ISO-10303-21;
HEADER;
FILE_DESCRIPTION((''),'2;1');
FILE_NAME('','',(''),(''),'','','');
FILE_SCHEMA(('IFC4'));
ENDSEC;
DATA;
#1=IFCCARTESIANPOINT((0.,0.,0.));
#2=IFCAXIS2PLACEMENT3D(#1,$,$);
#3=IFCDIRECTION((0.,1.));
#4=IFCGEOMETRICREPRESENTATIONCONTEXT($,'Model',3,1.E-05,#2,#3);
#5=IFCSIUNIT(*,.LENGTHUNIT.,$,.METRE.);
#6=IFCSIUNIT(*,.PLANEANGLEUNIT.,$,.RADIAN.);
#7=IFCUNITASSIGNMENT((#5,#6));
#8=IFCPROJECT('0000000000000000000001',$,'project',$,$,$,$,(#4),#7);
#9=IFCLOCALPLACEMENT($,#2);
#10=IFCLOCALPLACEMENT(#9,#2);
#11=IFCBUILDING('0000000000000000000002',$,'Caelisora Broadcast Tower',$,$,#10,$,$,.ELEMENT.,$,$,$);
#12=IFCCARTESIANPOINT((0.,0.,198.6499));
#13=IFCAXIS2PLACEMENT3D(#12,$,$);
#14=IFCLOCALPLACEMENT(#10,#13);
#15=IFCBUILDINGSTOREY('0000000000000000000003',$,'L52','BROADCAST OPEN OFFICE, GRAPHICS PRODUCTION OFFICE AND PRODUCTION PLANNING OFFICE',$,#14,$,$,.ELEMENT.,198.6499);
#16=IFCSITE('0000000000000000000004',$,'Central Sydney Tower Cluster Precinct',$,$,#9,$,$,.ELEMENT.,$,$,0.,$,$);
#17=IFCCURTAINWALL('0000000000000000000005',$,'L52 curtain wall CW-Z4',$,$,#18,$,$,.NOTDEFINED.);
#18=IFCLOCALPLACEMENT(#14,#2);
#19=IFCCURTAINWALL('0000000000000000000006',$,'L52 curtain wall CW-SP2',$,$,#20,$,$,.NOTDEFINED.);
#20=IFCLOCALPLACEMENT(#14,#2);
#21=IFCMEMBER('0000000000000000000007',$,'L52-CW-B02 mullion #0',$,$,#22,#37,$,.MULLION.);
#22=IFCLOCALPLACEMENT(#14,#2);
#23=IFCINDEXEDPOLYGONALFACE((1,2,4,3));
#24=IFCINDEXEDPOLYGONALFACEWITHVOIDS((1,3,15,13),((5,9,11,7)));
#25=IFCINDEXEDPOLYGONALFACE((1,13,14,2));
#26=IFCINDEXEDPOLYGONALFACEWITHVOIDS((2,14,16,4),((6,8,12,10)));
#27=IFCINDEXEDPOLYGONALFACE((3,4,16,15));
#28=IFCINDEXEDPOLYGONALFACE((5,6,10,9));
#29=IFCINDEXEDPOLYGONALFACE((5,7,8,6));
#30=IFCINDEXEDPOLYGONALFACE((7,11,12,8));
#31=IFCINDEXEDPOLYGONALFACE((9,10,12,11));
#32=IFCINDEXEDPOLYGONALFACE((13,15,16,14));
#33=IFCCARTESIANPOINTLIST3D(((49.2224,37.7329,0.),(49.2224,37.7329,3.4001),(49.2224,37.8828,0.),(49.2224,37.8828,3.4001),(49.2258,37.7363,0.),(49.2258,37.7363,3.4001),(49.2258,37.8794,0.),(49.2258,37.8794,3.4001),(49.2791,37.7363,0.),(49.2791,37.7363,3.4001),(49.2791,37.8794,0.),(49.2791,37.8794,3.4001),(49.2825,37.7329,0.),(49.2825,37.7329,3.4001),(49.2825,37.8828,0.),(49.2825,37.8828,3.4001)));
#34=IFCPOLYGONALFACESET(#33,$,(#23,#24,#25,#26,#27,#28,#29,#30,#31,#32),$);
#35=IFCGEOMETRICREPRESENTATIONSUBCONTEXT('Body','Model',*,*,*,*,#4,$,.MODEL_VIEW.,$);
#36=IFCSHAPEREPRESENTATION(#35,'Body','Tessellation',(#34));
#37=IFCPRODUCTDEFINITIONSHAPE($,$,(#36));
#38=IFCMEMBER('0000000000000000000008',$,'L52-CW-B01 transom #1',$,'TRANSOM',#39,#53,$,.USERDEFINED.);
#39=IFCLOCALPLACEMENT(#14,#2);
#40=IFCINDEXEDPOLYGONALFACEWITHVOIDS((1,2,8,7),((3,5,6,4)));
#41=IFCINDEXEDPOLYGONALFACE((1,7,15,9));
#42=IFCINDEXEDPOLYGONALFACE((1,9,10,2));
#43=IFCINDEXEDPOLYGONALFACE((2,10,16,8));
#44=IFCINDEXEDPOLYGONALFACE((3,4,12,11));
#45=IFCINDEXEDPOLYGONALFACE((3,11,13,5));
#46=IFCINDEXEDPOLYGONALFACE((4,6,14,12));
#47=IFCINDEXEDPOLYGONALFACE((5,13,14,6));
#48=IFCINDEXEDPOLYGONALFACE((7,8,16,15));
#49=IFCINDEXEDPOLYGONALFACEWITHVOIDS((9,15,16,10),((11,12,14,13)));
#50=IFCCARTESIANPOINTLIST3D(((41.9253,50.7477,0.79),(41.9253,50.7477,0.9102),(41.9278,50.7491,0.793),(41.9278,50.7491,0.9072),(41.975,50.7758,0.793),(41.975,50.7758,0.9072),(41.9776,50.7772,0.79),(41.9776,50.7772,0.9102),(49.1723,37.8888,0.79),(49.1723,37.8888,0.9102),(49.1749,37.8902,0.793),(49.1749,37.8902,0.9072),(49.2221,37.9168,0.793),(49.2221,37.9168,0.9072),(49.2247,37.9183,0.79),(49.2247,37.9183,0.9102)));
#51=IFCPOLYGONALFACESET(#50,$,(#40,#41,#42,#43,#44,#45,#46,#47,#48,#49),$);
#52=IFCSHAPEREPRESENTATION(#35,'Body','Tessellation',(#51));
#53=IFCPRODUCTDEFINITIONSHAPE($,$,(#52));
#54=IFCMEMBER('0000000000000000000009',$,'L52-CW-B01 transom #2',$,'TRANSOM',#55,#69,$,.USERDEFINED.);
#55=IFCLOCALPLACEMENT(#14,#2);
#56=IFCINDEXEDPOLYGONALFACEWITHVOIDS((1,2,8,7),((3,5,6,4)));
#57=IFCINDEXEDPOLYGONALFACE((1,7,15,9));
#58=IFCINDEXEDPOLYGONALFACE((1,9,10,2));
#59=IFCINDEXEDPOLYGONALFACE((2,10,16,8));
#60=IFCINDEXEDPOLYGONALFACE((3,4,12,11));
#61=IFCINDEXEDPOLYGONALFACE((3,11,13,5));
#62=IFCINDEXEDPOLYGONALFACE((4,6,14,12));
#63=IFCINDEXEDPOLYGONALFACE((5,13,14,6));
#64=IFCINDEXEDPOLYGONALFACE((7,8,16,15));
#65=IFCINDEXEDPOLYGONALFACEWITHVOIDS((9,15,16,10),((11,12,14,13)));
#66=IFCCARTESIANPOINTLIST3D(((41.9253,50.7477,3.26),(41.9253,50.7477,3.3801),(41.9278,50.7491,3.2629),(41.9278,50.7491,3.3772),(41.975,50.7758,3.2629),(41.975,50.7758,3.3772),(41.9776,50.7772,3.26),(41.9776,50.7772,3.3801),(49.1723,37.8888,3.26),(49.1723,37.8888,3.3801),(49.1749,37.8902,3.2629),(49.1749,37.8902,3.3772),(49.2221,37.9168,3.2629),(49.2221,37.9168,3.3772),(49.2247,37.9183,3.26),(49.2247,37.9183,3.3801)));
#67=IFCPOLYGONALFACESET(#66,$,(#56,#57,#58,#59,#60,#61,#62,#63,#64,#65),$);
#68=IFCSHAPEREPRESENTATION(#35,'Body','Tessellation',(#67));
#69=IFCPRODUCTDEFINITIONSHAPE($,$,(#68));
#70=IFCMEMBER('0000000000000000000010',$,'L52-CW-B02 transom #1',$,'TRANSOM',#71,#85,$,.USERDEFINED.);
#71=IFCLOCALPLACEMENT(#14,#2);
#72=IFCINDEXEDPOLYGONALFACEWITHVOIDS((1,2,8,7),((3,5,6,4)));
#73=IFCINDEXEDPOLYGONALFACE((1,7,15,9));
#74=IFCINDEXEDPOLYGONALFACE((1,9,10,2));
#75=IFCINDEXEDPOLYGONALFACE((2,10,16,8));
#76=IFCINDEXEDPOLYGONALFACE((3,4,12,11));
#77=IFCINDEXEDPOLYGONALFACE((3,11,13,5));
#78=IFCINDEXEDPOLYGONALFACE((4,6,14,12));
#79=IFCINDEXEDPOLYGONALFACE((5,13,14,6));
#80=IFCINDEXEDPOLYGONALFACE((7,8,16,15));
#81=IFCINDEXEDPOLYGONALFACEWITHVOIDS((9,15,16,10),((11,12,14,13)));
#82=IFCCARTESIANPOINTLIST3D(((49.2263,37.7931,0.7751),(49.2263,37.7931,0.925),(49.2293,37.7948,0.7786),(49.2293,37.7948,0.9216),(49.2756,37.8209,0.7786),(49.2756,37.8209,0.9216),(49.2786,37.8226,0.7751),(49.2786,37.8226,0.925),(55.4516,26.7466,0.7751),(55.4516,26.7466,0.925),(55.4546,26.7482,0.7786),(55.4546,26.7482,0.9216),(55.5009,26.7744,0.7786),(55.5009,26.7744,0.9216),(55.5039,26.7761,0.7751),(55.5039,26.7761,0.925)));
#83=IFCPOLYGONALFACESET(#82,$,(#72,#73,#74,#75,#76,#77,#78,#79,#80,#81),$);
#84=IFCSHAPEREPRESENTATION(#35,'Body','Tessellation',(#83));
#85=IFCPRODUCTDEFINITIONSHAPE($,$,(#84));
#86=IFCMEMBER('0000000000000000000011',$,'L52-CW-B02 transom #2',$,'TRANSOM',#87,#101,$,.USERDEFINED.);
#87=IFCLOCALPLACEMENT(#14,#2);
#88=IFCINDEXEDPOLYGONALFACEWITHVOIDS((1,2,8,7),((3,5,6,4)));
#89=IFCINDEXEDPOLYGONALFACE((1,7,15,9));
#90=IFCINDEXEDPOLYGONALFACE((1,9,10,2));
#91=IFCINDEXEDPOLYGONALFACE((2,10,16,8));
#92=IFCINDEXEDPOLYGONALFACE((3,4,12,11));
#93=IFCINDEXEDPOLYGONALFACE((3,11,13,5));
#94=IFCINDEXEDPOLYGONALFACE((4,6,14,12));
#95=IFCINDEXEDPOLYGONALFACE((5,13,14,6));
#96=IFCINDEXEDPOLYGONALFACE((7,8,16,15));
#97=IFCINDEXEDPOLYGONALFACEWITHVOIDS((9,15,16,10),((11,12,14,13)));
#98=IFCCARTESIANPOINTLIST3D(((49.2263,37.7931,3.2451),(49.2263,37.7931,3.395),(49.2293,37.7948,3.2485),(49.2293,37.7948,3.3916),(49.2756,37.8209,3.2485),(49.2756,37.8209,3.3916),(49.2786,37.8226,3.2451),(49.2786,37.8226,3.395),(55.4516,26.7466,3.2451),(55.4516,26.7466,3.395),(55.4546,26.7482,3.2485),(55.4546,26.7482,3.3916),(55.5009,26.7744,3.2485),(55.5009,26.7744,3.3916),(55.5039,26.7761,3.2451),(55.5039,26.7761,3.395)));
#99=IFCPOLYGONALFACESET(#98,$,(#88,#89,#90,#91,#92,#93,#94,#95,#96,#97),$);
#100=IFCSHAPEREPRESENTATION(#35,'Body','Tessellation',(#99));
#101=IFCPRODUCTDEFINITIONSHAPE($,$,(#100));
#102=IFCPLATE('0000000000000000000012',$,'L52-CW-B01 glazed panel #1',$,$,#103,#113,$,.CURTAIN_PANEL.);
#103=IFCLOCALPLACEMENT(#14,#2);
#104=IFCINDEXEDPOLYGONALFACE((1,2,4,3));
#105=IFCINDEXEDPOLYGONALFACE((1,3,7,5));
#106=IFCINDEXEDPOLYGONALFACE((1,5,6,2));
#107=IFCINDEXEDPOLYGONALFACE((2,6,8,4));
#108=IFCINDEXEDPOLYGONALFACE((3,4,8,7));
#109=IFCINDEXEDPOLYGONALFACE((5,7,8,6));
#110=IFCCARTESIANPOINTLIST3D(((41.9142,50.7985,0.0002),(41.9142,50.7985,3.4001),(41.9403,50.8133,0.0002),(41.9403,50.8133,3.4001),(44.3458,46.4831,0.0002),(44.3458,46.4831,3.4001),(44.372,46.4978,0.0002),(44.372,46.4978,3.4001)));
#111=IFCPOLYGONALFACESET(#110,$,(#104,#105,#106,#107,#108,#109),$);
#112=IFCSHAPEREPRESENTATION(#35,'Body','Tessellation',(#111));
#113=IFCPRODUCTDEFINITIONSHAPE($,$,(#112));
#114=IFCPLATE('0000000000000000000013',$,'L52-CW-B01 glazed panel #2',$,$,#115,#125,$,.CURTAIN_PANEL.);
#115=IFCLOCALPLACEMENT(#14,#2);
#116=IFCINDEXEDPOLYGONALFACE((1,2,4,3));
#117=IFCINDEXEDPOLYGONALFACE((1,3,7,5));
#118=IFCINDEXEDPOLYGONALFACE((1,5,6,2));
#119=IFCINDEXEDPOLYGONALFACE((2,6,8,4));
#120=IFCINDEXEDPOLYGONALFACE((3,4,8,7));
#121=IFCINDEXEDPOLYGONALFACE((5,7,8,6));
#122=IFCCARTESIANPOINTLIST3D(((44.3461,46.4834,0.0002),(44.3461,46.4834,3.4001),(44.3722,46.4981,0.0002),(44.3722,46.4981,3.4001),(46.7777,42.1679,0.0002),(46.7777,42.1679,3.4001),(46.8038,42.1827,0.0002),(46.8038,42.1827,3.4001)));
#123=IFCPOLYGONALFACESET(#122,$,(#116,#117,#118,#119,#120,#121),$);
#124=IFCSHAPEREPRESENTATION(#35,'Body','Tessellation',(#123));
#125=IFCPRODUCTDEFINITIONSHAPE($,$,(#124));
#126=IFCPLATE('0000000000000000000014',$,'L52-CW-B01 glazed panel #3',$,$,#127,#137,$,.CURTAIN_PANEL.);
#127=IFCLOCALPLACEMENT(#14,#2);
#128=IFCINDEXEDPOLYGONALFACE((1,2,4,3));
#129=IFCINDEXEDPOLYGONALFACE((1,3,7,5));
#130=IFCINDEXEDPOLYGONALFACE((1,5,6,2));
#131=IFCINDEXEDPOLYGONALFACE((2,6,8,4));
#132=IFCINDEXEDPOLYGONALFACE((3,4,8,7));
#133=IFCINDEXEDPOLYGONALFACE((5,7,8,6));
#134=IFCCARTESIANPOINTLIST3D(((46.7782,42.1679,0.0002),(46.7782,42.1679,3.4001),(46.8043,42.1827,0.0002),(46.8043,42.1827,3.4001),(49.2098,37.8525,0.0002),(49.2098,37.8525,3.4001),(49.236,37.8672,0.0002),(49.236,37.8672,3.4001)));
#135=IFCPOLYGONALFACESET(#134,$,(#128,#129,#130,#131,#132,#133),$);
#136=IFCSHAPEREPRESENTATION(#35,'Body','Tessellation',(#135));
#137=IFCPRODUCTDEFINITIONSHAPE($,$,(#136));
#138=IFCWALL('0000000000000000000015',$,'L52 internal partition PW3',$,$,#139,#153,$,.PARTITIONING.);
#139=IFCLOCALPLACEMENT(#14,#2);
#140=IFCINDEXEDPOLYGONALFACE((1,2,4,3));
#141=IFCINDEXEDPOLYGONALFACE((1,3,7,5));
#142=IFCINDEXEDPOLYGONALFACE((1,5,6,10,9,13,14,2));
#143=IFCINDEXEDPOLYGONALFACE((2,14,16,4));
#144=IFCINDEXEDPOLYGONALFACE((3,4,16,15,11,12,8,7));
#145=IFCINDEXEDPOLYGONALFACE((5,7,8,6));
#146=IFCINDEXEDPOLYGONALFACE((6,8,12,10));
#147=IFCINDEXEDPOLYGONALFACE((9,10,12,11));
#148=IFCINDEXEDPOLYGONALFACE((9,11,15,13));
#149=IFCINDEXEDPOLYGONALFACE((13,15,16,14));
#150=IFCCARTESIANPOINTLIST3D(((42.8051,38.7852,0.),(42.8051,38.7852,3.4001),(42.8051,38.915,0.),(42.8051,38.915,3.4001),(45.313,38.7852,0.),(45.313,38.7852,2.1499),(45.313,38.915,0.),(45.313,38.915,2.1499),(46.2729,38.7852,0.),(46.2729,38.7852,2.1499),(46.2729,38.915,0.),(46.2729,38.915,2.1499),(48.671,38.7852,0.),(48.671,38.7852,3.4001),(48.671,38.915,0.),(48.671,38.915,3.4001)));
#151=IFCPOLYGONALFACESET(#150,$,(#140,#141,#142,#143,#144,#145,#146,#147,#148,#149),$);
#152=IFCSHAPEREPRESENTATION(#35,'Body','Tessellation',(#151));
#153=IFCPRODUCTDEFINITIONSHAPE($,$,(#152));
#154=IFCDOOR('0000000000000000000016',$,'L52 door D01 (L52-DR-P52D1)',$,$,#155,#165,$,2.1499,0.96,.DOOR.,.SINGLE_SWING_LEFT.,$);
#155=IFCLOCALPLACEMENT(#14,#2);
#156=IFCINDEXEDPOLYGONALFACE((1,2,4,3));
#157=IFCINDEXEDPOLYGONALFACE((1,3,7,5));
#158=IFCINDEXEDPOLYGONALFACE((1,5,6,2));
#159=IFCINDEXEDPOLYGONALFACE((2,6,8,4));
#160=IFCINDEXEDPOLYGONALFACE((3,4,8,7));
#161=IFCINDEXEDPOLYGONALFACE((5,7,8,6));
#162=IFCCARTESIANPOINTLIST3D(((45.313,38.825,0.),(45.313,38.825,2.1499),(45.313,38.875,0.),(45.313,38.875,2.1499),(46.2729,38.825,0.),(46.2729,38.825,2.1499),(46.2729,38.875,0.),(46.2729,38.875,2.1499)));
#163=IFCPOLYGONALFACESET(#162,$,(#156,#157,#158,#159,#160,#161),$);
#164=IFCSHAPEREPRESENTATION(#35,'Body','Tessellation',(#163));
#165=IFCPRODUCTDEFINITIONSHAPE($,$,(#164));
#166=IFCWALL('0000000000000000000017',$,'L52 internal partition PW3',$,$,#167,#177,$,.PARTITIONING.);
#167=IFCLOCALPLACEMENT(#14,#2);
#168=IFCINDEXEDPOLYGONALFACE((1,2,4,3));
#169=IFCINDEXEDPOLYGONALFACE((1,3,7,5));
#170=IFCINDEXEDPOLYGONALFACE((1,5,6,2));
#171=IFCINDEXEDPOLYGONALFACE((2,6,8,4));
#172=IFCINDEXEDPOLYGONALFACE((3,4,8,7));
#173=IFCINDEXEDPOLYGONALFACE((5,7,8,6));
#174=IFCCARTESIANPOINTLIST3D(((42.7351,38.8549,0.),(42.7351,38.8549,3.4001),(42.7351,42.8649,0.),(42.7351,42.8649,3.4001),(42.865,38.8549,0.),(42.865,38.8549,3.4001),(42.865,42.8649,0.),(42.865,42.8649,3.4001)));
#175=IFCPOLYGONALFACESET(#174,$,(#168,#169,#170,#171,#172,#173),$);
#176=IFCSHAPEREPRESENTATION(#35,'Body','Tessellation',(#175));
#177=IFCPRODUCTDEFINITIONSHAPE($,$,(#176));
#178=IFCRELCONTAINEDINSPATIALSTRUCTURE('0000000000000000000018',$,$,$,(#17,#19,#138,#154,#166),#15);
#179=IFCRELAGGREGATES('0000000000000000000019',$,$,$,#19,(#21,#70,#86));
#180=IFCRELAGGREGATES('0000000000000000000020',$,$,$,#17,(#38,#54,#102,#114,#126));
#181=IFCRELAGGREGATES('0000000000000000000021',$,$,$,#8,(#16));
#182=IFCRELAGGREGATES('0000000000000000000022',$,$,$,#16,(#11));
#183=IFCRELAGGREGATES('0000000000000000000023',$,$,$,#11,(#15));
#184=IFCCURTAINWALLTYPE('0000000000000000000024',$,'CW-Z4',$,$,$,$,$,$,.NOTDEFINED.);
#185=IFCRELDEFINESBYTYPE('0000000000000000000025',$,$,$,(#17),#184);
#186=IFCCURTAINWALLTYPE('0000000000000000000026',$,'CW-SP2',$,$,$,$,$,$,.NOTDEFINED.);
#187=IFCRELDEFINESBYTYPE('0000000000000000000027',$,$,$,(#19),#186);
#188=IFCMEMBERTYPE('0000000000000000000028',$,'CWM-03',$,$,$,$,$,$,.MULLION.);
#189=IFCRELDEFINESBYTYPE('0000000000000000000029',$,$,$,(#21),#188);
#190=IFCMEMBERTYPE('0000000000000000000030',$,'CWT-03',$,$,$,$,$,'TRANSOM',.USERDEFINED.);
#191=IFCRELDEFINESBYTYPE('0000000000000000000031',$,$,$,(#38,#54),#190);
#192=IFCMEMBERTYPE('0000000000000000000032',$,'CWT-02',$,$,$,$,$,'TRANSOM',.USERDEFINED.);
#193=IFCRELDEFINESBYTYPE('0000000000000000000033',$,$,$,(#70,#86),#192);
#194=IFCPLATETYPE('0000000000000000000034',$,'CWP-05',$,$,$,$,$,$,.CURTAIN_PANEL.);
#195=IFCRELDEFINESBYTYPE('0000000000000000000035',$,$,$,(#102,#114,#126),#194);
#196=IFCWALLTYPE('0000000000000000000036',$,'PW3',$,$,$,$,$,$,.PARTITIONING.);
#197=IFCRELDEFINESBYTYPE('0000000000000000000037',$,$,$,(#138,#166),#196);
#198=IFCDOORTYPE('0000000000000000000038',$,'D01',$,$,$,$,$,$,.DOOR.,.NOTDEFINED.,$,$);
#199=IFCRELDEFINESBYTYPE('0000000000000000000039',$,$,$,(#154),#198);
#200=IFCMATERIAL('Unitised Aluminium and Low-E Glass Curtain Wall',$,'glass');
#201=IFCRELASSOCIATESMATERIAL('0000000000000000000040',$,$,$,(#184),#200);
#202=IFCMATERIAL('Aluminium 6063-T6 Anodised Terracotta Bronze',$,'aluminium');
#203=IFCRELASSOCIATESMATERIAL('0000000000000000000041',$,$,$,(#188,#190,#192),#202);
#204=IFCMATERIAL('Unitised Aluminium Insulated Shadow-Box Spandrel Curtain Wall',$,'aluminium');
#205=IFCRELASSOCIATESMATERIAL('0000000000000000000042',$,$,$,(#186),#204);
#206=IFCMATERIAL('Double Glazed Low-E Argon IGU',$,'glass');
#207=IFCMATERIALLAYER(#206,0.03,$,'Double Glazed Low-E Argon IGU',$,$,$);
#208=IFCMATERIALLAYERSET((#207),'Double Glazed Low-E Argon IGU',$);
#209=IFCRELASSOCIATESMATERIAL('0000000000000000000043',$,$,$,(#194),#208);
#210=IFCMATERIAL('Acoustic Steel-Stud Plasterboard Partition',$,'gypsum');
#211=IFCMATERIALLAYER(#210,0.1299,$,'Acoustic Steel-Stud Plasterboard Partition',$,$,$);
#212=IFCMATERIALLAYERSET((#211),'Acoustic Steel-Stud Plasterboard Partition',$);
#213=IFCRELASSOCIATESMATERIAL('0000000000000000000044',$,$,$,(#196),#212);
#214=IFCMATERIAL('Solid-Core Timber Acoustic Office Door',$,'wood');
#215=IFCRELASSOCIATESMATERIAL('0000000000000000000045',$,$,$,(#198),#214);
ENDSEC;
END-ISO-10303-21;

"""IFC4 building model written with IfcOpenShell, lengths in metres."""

from ifc_helpers import new_model, si_unit, direction, frame, frame_2d, origin, origin_2d, place, context, subcontext, project, spatial, rectangle, hollow_rectangle, extrude, source, transform, mapped, material, layer, layer_set, material_profile, profile_set, type_object, type_shapes, element, fill, aggregate, save


model = new_model("IFC4")

# Units and contexts
model_context = context("Model", 3, precision=1e-05, world=origin(), true_north=direction((0.0, 1.0)))
body_context = subcontext(model_context, "Body", "Model", "MODEL_VIEW")
ifc_project = project(units=[si_unit("LENGTHUNIT", "METRE"), si_unit("PLANEANGLEUNIT", "RADIAN")], contexts=[model_context])

# Site, building, storey
site_placement = place(None, origin())
site = spatial("IfcSite", under=ifc_project, at=site_placement, Name="Central Sydney Tower Cluster Precinct", CompositionType="ELEMENT", RefElevation=0.0)
building_placement = place(site_placement, origin())
building = spatial("IfcBuilding", under=site, at=building_placement, Name="Caelisora Broadcast Tower", CompositionType="ELEMENT")
storey_placement = place(building_placement, frame((0.0, 0.0, 198.6499)))
storey = spatial("IfcBuildingStorey", under=building, at=storey_placement, Name="L52", Description="BROADCAST OPEN OFFICE, GRAPHICS PRODUCTION OFFICE AND PRODUCTION PLANNING OFFICE", CompositionType="ELEMENT", Elevation=198.6499)

# Curtain wall
ifc_material_1 = material(Name="Unitised Aluminium and Low-E Glass Curtain Wall", Category="glass")
curtain_wall_type_1 = type_object("IfcCurtainWallType", Name="CW-Z4", PredefinedType="NOTDEFINED", material=ifc_material_1)
curtain_wall_1_placement = place(storey_placement, origin())
curtain_wall_1 = element("IfcCurtainWall", 1, at=curtain_wall_1_placement, inside=storey, type_object=curtain_wall_type_1, Name="L52 curtain wall CW-Z4", PredefinedType="NOTDEFINED")
ifc_material_2 = material(Name="Aluminium 6063-T6 Anodised Terracotta Bronze", Category="aluminium")
ifc_material_profile_1 = material_profile(ifc_material_2, hollow_rectangle(XDim=0.0601, YDim=0.1499, WallThickness=0.0034, at=origin_2d()), Name="Aluminium 6063-T6 Anodised Terracotta Bronze")
ifc_profile_set_1 = profile_set([ifc_material_profile_1], Name="Aluminium 6063-T6 Anodised Terracotta Bronze")
member_type_1 = type_object("IfcMemberType", Name="CWM-03", PredefinedType="MULLION", material=ifc_profile_set_1)
shared_shape_1 = source(origin(), body_context, "Body", "SweptSolid", [
    extrude(hollow_rectangle(XDim=0.0601, YDim=0.1499, WallThickness=0.0034, at=origin_2d()), origin(), (0.0, 0.0, 1.0), 3.4001),
])
type_shapes(member_type_1, [shared_shape_1])

# Curtain wall, member
ifc_material_3 = material(Name="Unitised Aluminium Insulated Shadow-Box Spandrel Curtain Wall", Category="aluminium")
curtain_wall_type_2 = type_object("IfcCurtainWallType", Name="CW-SP2", PredefinedType="NOTDEFINED", material=ifc_material_3)
curtain_wall_2_placement = place(storey_placement, origin())
curtain_wall_2 = element("IfcCurtainWall", 2, at=curtain_wall_2_placement, inside=storey, type_object=curtain_wall_type_2, Name="L52 curtain wall CW-SP2", PredefinedType="NOTDEFINED")
member_1_placement = place(storey_placement, frame((49.2524, 37.8079, 0.0), z_axis=(0.0, 0.0, 1.0), x_axis=(1.0, 0.0, 0.0)))
member_1 = element("IfcMember", 3, at=member_1_placement, type_object=member_type_1, Name="L52-CW-B02 mullion #0", PredefinedType="MULLION", context=body_context, shape_type="MappedRepresentation", body=[
    mapped(shared_shape_1, transform((0.0, 0.0, 0.0), scale=1.0)),
])

# Members
ifc_material_profile_2 = material_profile(ifc_material_2, hollow_rectangle(XDim=0.0601, YDim=0.1201, WallThickness=0.0029, at=origin_2d()), Name="Aluminium 6063-T6 Anodised Terracotta Bronze")
ifc_profile_set_2 = profile_set([ifc_material_profile_2], Name="Aluminium 6063-T6 Anodised Terracotta Bronze")
member_type_2 = type_object("IfcMemberType", Name="CWT-03", ElementType="TRANSOM", PredefinedType="USERDEFINED", material=ifc_profile_set_2)
shared_shape_2 = source(origin(), body_context, "Body", "SweptSolid", [
    extrude(hollow_rectangle(XDim=0.0601, YDim=0.1201, WallThickness=0.0029, at=origin_2d()), origin(), (0.0, 0.0, 1.0), 14.7605),
])
type_shapes(member_type_2, [shared_shape_2])
member_2_placement = place(storey_placement, frame((41.9514, 50.7625, 0.8501), z_axis=(0.490979, -0.871172, 0.0), x_axis=(0.871172, 0.490979, 0.0)))
member_2 = element("IfcMember", 4, at=member_2_placement, type_object=member_type_2, Name="L52-CW-B01 transom #1", ObjectType="TRANSOM", PredefinedType="USERDEFINED", context=body_context, shape_type="MappedRepresentation", body=[
    mapped(shared_shape_2, transform((0.0, 0.0, 0.0), scale=1.0)),
])
member_3_placement = place(storey_placement, frame((41.9514, 50.7625, 3.3201), z_axis=(0.490979, -0.871172, 0.0), x_axis=(0.871172, 0.490979, 0.0)))
member_3 = element("IfcMember", 5, at=member_3_placement, type_object=member_type_2, Name="L52-CW-B01 transom #2", ObjectType="TRANSOM", PredefinedType="USERDEFINED", context=body_context, shape_type="MappedRepresentation", body=[
    mapped(shared_shape_2, transform((0.0, 0.0, 0.0), scale=1.0)),
])
ifc_material_profile_3 = material_profile(ifc_material_2, hollow_rectangle(XDim=0.0601, YDim=0.1499, WallThickness=0.0034, at=origin_2d()), Name="Aluminium 6063-T6 Anodised Terracotta Bronze")
ifc_profile_set_3 = profile_set([ifc_material_profile_3], Name="Aluminium 6063-T6 Anodised Terracotta Bronze")
member_type_3 = type_object("IfcMemberType", Name="CWT-02", ElementType="TRANSOM", PredefinedType="USERDEFINED", material=ifc_profile_set_3)
shared_shape_3 = source(origin(), body_context, "Body", "SweptSolid", [
    extrude(hollow_rectangle(XDim=0.0601, YDim=0.1499, WallThickness=0.0034, at=origin_2d()), origin(), (0.0, 0.0, 1.0), 12.6799),
])
type_shapes(member_type_3, [shared_shape_3])
member_4_placement = place(storey_placement, frame((49.2524, 37.8079, 0.8501), z_axis=(0.490957, -0.871184, 0.0), x_axis=(0.871184, 0.490957, 0.0)))
member_4 = element("IfcMember", 6, at=member_4_placement, type_object=member_type_3, Name="L52-CW-B02 transom #1", ObjectType="TRANSOM", PredefinedType="USERDEFINED", context=body_context, shape_type="MappedRepresentation", body=[
    mapped(shared_shape_3, transform((0.0, 0.0, 0.0), scale=1.0)),
])
member_5_placement = place(storey_placement, frame((49.2524, 37.8079, 3.3201), z_axis=(0.490957, -0.871184, 0.0), x_axis=(0.871184, 0.490957, 0.0)))
member_5 = element("IfcMember", 7, at=member_5_placement, type_object=member_type_3, Name="L52-CW-B02 transom #2", ObjectType="TRANSOM", PredefinedType="USERDEFINED", context=body_context, shape_type="MappedRepresentation", body=[
    mapped(shared_shape_3, transform((0.0, 0.0, 0.0), scale=1.0)),
])
aggregate(curtain_wall_2, [member_1, member_4, member_5])

# Plates
ifc_material_4 = material(Name="Double Glazed Low-E Argon IGU", Category="glass")
ifc_layer_1 = layer(ifc_material_4, 0.03, Name="Double Glazed Low-E Argon IGU")
ifc_layer_set_1 = layer_set([ifc_layer_1], Name="Double Glazed Low-E Argon IGU")
plate_type = type_object("IfcPlateType", Name="CWP-05", PredefinedType="CURTAIN_PANEL", material=ifc_layer_set_1)
shared_shape_4 = source(origin(), body_context, "Body", "SweptSolid", [
    extrude(rectangle(XDim=4.9534, YDim=0.03, at=origin_2d()), origin(), (0.0, 0.0, 1.0), 3.3999),
])
type_shapes(plate_type, [shared_shape_4])
plate_1_placement = place(storey_placement, frame((43.1431, 48.6482, 0.0002), z_axis=(0.0, 0.0, 1.0), x_axis=(0.490904, -0.871214, 0.0)))
plate_1 = element("IfcPlate", 8, at=plate_1_placement, type_object=plate_type, Name="L52-CW-B01 glazed panel #1", PredefinedType="CURTAIN_PANEL", context=body_context, shape_type="MappedRepresentation", body=[
    mapped(shared_shape_4, transform((0.0, 0.0, 0.0), scale=1.0)),
])
plate_2_placement = place(storey_placement, frame((45.575, 44.333, 0.0002), z_axis=(0.0, 0.0, 1.0), x_axis=(0.490904, -0.871214, 0.0)))
plate_2 = element("IfcPlate", 9, at=plate_2_placement, type_object=plate_type, Name="L52-CW-B01 glazed panel #2", PredefinedType="CURTAIN_PANEL", context=body_context, shape_type="MappedRepresentation", body=[
    mapped(shared_shape_4, transform((0.0, 0.0, 0.0), scale=1.0)),
])
plate_3_placement = place(storey_placement, frame((48.0071, 40.0176, 0.0002), z_axis=(0.0, 0.0, 1.0), x_axis=(0.490904, -0.871214, 0.0)))
plate_3 = element("IfcPlate", 10, at=plate_3_placement, type_object=plate_type, Name="L52-CW-B01 glazed panel #3", PredefinedType="CURTAIN_PANEL", context=body_context, shape_type="MappedRepresentation", body=[
    mapped(shared_shape_4, transform((0.0, 0.0, 0.0), scale=1.0)),
])
aggregate(curtain_wall_1, [member_2, member_3, plate_1, plate_2, plate_3])

# Wall, opening, door
ifc_material_5 = material(Name="Acoustic Steel-Stud Plasterboard Partition", Category="gypsum")
ifc_layer_2 = layer(ifc_material_5, 0.1299, Name="Acoustic Steel-Stud Plasterboard Partition")
ifc_layer_set_2 = layer_set([ifc_layer_2], Name="Acoustic Steel-Stud Plasterboard Partition")
wall_type = type_object("IfcWallType", Name="PW3", PredefinedType="PARTITIONING", material=ifc_layer_set_2)
wall_1_placement = place(storey_placement, frame((42.8049, 38.8501, 0.0), z_axis=(0.0, 0.0, 1.0), x_axis=(1.0, 0.0, 0.0)))
wall_1 = element("IfcWall", 11, at=wall_1_placement, inside=storey, type_object=wall_type, Name="L52 internal partition PW3", PredefinedType="PARTITIONING", context=body_context, shape_type="SweptSolid", body=[
    extrude(rectangle(XDim=5.866, YDim=0.1299, at=frame_2d((2.9331, 0.0))), origin(), (0.0, 0.0, 1.0), 3.4001),
])
opening_1_placement = place(wall_1_placement, frame((2.5081, 0.0, 0.0)))
opening_1 = element("IfcOpeningElement", 12, at=opening_1_placement, cuts=wall_1, PredefinedType="OPENING", context=body_context, shape_type="SweptSolid", body=[
    extrude(rectangle(XDim=0.96, YDim=2.1499, at=frame_2d((0.48, 1.075))), frame((0.0, 0.0769, 0.0), z_axis=(0.0, -1.0, 0.0), x_axis=(1.0, 0.0, 0.0)), (0.0, 0.0, 1.0), 0.1538),
])
ifc_material_6 = material(Name="Solid-Core Timber Acoustic Office Door", Category="wood")
door_type = type_object("IfcDoorType", Name="D01", OperationType="NOTDEFINED", PredefinedType="DOOR", material=ifc_material_6)
door_1_placement = place(opening_1_placement, origin())
door_1 = element("IfcDoor", 13, at=door_1_placement, inside=storey, type_object=door_type, Name="L52 door D01 (L52-DR-P52D1)", OperationType="SINGLE_SWING_LEFT", OverallHeight=2.1499, OverallWidth=0.96, PredefinedType="DOOR", context=body_context, shape_type="SweptSolid", body=[
    extrude(rectangle(XDim=0.96, YDim=2.1499, at=frame_2d((0.48, 1.075))), frame((0.0, 0.0249, 0.0), z_axis=(0.0, -1.0, 0.0), x_axis=(1.0, 0.0, 0.0)), (0.0, 0.0, 1.0), 0.05),
])
fill(opening_1, door_1)

# Wall
wall_2_placement = place(storey_placement, frame((42.8, 38.855, 0.0), z_axis=(0.0, 0.0, 1.0), x_axis=(0.0, 1.0, 0.0)))
element("IfcWall", 14, at=wall_2_placement, inside=storey, type_object=wall_type, Name="L52 internal partition PW3", PredefinedType="PARTITIONING", context=body_context, shape_type="SweptSolid", body=[
    extrude(rectangle(XDim=4.01, YDim=0.1299, at=frame_2d((2.0049, 0.0))), origin(), (0.0, 0.0, 1.0), 3.4001),
])

save(model, "model.ifc")
